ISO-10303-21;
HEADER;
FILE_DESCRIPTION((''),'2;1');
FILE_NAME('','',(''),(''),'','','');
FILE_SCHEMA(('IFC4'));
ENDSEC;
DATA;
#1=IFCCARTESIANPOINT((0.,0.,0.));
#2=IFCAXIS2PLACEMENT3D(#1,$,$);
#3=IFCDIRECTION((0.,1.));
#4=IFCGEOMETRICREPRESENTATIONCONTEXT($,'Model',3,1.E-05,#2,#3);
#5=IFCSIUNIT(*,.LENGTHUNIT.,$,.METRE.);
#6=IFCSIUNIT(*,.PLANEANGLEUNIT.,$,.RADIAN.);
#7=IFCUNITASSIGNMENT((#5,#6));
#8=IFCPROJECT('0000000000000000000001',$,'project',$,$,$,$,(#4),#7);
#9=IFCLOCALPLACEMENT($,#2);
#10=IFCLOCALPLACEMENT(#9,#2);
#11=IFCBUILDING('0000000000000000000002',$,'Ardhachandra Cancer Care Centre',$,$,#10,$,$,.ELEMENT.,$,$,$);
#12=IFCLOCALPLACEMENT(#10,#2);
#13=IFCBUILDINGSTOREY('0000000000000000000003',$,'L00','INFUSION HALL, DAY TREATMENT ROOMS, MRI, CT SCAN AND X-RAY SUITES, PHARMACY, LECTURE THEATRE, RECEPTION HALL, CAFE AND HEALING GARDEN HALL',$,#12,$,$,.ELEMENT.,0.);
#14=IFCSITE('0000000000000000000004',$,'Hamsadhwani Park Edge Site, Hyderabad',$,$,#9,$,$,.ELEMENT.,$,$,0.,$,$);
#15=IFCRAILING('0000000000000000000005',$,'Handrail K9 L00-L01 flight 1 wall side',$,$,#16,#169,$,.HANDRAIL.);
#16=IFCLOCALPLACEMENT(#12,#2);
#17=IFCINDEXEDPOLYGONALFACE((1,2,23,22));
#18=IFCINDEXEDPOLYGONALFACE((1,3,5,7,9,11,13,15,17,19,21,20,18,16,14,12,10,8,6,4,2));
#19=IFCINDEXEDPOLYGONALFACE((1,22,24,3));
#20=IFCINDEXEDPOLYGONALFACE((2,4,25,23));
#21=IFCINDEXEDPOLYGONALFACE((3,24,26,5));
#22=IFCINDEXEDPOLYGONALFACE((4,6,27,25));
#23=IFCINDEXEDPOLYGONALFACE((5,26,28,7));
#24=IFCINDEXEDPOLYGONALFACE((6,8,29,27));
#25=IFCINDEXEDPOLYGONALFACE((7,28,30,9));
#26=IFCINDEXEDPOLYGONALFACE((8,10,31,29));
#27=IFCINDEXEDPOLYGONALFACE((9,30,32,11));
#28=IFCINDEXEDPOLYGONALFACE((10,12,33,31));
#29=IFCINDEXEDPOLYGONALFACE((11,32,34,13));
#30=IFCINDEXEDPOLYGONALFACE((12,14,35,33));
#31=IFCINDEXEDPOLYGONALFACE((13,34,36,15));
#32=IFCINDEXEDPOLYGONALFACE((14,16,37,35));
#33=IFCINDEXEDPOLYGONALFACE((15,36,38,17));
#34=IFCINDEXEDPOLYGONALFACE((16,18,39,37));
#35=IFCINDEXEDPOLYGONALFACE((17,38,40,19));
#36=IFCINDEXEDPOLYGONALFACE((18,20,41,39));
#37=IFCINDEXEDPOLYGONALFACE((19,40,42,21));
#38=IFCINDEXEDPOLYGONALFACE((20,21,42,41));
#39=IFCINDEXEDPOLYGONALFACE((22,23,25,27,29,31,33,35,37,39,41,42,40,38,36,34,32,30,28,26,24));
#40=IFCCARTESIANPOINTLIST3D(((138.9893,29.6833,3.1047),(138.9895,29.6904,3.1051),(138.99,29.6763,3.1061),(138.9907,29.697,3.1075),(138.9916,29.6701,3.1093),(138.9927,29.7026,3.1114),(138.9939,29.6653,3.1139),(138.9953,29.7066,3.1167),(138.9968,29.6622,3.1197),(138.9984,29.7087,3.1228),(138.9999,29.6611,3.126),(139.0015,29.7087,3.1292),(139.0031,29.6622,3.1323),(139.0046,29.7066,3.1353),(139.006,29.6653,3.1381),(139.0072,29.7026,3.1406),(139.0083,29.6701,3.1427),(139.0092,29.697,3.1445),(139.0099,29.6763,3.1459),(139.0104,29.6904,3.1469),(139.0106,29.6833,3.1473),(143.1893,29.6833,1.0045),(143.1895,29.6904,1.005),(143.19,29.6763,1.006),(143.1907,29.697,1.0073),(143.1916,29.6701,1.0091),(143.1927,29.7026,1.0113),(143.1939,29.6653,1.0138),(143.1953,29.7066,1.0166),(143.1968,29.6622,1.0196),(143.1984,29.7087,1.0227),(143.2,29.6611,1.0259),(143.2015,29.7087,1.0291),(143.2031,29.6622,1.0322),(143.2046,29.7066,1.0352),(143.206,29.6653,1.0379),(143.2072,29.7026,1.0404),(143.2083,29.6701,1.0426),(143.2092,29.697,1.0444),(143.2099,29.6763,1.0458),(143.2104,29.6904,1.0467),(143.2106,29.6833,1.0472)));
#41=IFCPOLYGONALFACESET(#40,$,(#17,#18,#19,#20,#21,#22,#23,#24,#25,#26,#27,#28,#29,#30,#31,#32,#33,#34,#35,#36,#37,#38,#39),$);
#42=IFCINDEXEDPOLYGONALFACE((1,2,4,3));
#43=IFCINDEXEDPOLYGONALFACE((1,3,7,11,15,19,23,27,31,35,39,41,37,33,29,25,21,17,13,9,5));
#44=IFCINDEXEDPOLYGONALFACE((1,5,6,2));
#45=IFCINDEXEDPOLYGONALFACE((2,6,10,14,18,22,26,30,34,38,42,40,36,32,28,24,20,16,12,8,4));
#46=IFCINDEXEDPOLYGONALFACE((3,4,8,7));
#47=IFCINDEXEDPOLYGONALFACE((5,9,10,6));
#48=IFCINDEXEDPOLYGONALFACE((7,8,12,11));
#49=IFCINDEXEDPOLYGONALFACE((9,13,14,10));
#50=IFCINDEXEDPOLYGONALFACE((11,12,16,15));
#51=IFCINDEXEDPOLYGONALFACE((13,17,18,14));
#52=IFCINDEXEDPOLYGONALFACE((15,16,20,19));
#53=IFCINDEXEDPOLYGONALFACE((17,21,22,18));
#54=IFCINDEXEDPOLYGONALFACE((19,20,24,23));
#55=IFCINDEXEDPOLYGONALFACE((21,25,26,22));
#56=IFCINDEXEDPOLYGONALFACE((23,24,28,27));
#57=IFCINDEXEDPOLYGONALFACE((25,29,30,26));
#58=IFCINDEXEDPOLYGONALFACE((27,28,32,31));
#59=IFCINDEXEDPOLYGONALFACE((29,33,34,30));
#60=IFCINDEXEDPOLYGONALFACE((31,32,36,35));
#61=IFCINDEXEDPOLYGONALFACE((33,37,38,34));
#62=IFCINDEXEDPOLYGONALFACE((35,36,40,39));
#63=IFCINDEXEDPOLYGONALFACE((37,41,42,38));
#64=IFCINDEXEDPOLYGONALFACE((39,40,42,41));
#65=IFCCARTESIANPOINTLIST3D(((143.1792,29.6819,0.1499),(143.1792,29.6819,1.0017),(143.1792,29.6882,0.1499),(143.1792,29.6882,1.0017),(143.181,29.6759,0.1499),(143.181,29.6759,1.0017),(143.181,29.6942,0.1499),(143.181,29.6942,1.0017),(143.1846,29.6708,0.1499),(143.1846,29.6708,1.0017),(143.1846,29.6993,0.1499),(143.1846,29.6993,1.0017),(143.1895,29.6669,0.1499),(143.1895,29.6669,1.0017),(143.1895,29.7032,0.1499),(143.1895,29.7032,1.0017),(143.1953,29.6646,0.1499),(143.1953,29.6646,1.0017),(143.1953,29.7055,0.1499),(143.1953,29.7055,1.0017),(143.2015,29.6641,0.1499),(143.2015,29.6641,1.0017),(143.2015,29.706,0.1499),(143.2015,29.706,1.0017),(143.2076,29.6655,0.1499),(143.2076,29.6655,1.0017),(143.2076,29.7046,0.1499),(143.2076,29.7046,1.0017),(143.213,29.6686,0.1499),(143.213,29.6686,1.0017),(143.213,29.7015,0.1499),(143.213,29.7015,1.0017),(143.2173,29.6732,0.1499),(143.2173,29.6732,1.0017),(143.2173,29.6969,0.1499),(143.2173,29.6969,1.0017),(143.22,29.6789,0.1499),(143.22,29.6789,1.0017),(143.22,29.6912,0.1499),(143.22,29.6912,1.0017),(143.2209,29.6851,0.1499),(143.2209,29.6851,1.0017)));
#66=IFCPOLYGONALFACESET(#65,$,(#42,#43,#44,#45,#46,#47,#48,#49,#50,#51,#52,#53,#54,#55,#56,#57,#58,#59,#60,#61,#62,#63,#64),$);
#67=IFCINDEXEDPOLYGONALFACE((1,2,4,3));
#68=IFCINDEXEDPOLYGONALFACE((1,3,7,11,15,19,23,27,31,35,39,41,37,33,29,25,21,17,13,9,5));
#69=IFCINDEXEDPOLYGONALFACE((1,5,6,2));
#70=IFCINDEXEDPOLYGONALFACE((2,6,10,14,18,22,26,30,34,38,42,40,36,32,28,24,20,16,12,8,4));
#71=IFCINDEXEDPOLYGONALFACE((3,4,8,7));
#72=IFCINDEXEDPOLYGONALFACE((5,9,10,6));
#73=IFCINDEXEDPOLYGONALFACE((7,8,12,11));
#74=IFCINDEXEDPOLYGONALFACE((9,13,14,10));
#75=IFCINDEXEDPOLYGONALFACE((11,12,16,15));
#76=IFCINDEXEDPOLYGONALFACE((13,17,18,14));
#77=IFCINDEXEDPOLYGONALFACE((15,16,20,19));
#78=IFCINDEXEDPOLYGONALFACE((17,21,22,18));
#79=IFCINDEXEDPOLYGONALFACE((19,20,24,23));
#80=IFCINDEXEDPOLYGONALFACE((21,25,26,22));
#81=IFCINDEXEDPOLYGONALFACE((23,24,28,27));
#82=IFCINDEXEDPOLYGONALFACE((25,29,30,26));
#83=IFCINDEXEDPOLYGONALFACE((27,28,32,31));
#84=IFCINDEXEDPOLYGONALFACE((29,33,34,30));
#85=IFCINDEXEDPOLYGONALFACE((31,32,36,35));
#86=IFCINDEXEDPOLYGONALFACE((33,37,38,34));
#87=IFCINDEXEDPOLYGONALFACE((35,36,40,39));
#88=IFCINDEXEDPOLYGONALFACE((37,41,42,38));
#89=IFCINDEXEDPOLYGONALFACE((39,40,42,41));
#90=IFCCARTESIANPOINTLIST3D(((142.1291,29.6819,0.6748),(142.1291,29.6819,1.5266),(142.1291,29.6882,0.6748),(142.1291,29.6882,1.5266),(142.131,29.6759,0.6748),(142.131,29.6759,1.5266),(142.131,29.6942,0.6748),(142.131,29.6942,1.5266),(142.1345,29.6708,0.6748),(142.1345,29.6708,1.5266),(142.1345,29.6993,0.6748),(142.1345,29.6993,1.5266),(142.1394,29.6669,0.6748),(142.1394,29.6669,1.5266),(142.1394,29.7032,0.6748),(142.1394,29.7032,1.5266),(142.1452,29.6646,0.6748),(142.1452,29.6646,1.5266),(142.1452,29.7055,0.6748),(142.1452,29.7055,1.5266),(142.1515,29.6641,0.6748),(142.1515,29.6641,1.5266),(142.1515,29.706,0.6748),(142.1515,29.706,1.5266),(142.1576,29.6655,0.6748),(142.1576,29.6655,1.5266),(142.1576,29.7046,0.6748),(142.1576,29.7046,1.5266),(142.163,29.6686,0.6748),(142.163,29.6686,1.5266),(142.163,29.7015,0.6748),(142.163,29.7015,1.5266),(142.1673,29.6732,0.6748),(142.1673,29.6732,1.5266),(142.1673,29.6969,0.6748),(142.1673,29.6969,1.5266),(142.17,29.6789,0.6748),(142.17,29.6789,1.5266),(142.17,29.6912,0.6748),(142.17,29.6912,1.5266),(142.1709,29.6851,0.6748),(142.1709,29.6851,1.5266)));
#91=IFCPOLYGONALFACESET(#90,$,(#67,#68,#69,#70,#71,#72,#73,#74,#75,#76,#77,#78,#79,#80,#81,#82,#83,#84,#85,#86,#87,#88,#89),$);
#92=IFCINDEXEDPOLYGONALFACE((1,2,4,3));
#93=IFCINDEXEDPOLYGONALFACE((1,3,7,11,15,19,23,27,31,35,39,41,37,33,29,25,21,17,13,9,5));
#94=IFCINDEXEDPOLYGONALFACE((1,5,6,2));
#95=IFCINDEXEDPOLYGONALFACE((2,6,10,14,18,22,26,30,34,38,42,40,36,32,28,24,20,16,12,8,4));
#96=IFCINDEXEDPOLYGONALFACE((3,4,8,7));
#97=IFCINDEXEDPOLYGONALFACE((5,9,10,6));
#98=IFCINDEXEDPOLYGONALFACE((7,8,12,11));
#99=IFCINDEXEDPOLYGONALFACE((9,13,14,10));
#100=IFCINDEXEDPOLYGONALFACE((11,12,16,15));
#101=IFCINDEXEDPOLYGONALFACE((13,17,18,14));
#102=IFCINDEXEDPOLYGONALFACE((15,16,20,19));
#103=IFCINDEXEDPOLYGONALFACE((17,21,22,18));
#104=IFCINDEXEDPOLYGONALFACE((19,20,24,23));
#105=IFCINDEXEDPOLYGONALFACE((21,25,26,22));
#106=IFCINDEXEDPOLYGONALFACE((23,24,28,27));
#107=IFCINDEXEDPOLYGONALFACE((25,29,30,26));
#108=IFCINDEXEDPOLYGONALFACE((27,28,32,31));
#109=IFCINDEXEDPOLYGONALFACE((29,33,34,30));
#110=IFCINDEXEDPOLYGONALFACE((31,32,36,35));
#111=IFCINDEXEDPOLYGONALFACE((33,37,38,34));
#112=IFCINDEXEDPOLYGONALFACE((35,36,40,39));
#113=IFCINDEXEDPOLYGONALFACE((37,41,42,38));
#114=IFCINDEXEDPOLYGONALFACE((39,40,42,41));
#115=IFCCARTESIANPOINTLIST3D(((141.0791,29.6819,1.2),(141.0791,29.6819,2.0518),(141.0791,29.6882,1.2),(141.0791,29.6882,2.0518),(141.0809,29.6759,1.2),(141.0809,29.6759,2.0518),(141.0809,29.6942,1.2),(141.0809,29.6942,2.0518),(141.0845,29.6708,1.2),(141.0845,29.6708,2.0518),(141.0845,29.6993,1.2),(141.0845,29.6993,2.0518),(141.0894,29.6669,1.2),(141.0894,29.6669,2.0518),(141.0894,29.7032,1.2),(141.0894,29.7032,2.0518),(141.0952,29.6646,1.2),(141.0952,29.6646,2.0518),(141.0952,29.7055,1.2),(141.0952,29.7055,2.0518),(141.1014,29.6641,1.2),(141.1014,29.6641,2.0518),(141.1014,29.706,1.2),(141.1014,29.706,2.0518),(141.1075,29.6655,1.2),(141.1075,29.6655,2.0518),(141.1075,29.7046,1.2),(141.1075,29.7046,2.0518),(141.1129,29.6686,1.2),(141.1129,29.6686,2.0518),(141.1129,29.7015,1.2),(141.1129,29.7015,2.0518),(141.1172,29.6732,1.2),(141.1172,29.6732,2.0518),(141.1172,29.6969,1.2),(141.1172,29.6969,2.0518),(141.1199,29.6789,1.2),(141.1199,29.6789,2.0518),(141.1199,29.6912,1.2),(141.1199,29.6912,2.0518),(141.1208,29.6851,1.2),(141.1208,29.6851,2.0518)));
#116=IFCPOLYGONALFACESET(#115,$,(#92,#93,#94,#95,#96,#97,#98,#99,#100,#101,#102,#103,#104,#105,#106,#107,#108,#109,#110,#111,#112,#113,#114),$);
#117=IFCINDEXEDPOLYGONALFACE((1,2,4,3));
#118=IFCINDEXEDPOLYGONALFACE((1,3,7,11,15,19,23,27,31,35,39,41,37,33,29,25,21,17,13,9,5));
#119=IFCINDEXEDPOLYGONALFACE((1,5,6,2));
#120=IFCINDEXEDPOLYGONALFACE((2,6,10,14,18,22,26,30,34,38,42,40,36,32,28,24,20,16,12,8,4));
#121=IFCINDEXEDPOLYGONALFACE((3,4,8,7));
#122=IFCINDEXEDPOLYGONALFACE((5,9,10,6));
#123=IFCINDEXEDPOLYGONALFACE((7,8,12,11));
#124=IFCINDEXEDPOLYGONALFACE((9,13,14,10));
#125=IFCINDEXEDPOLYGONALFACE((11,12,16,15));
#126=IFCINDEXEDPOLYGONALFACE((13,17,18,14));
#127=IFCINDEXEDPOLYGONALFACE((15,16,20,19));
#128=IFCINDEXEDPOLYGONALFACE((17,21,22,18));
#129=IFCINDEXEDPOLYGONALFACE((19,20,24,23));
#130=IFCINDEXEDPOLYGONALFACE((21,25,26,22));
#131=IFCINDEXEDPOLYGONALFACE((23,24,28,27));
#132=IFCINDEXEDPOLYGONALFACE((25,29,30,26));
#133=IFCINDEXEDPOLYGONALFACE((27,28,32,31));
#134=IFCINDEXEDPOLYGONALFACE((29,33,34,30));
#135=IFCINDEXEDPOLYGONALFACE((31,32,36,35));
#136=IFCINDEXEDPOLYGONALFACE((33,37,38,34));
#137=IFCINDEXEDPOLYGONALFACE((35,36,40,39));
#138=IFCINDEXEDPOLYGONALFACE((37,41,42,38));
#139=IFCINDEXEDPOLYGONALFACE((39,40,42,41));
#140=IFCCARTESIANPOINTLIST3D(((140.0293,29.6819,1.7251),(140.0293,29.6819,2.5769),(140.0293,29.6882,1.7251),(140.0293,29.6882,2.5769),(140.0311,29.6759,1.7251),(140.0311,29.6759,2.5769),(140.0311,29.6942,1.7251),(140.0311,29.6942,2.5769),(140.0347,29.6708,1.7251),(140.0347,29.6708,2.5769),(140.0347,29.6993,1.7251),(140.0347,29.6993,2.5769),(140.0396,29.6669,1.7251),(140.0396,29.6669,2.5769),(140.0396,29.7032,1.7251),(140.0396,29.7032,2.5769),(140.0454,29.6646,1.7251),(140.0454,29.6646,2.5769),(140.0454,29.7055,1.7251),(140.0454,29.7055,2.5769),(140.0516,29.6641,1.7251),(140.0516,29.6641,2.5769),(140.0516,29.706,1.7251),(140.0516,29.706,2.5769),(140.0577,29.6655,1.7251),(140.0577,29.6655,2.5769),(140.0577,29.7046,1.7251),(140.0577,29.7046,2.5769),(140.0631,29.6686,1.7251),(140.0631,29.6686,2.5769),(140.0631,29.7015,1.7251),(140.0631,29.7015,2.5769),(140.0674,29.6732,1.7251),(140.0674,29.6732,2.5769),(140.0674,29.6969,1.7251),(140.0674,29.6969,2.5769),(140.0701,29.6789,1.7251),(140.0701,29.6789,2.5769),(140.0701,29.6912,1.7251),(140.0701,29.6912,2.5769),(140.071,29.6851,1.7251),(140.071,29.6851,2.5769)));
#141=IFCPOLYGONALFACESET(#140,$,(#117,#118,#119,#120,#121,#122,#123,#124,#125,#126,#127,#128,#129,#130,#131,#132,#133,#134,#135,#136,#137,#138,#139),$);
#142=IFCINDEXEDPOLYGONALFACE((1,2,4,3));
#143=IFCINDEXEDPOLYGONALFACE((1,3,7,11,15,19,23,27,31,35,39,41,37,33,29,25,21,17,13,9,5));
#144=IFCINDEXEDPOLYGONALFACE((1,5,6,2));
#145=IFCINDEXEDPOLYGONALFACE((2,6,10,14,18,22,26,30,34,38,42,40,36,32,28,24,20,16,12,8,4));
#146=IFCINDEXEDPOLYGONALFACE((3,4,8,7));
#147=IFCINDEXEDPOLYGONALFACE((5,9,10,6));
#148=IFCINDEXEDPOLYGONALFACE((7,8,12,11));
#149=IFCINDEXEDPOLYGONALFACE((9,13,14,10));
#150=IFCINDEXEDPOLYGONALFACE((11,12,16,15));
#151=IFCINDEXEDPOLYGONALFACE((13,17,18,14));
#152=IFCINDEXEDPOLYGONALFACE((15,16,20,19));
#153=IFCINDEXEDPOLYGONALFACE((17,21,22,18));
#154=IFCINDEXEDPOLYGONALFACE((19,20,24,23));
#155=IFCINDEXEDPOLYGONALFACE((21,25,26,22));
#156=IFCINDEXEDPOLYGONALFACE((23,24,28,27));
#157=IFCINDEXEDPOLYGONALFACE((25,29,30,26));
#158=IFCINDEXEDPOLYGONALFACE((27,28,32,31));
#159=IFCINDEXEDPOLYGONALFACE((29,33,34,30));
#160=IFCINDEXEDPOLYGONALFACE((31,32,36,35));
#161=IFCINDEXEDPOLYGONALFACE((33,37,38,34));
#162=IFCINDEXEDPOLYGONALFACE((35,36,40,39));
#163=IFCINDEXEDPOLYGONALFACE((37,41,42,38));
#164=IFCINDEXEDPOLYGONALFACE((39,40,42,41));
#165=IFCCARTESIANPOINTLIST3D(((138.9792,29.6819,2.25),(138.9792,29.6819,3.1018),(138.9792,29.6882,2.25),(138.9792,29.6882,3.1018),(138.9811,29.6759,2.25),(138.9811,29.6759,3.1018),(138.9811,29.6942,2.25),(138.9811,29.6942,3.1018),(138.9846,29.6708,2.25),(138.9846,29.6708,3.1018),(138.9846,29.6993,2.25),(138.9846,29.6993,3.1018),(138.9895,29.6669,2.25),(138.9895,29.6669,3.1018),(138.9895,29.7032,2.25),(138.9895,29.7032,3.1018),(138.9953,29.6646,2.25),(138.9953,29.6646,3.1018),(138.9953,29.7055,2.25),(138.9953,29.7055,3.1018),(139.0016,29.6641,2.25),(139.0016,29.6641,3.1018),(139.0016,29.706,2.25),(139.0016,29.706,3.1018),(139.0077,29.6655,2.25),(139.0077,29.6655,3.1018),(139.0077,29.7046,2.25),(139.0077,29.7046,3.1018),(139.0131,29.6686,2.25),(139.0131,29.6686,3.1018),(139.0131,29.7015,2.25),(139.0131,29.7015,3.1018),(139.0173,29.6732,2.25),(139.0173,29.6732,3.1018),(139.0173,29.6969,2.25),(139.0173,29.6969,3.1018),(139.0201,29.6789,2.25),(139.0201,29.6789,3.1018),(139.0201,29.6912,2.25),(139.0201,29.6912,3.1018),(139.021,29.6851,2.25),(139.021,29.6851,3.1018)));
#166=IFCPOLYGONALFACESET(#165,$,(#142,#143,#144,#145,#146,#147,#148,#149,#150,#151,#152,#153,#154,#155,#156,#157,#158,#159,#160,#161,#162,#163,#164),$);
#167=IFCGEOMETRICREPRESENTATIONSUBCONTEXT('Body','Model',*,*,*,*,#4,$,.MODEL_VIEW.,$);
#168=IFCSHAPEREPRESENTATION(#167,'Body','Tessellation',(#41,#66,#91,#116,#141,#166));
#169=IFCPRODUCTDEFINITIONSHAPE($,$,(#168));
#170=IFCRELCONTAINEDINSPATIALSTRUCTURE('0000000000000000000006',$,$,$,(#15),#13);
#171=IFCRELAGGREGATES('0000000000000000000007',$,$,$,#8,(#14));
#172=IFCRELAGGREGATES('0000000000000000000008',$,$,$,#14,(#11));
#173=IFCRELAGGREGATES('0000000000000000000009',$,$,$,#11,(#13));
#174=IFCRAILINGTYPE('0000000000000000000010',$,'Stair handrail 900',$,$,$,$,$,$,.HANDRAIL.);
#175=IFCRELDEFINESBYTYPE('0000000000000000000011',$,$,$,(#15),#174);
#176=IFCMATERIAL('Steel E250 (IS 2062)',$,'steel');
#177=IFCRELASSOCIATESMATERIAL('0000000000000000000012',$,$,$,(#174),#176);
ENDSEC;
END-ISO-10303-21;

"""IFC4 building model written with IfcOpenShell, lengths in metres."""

from ifc_helpers import new_model, si_unit, direction, frame, origin, origin_2d, place, context, subcontext, project, spatial, circle, extrude, material, type_object, element, save


model = new_model("IFC4")

# Units and contexts
model_context = context("Model", 3, precision=1e-05, world=origin(), true_north=direction((0.0, 1.0)))
body_context = subcontext(model_context, "Body", "Model", "MODEL_VIEW")
ifc_project = project(units=[si_unit("LENGTHUNIT", "METRE"), si_unit("PLANEANGLEUNIT", "RADIAN")], contexts=[model_context])

# Site, building, storey
site_placement = place(None, origin())
site = spatial("IfcSite", under=ifc_project, at=site_placement, Name="Hamsadhwani Park Edge Site, Hyderabad", CompositionType="ELEMENT", RefElevation=0.0)
building_placement = place(site_placement, origin())
building = spatial("IfcBuilding", under=site, at=building_placement, Name="Ardhachandra Cancer Care Centre", CompositionType="ELEMENT")
storey_placement = place(building_placement, origin())
storey = spatial("IfcBuildingStorey", under=building, at=storey_placement, Name="L00", Description="INFUSION HALL, DAY TREATMENT ROOMS, MRI, CT SCAN AND X-RAY SUITES, PHARMACY, LECTURE THEATRE, RECEPTION HALL, CAFE AND HEALING GARDEN HALL", CompositionType="ELEMENT", Elevation=0.0)

# Railing
ifc_material_1 = material(Name="Steel E250 (IS 2062)", Category="steel")
railing_type_1 = type_object("IfcRailingType", Name="Stair handrail 900", PredefinedType="HANDRAIL", material=ifc_material_1)
for number, where, name in (
    (1, (143.2, 29.6851, 0.1499), "Handrail K9 L00-L01 flight 1 wall side"),
):
    element("IfcRailing", number, at=place(storey_placement, frame(where)), inside=storey, type_object=railing_type_1, Name=name, PredefinedType="HANDRAIL", context=body_context, shape_type="SweptSolid", body=[
        extrude(circle(Radius=0.0239, at=origin_2d()), frame((0.0, 0.0, 0.876), z_axis=(-0.894417, 0.0, 0.447234), x_axis=(0.0, -1.0, 0.0)), (0.0, 0.0, 1.0), 4.6958),
        extrude(circle(Radius=0.021, at=origin_2d()), origin(), (0.0, 0.0, 1.0), 0.8518),
        extrude(circle(Radius=0.021, at=origin_2d()), frame((-1.05, 0.0, 0.5249)), (0.0, 0.0, 1.0), 0.8518),
        extrude(circle(Radius=0.021, at=origin_2d()), frame((-2.1001, 0.0, 1.05)), (0.0, 0.0, 1.0), 0.8518),
        extrude(circle(Radius=0.021, at=origin_2d()), frame((-3.1499, 0.0, 1.5752)), (0.0, 0.0, 1.0), 0.8518),
        extrude(circle(Radius=0.021, at=origin_2d()), frame((-4.2, 0.0, 2.1001)), (0.0, 0.0, 1.0), 0.8518),
    ])

save(model, "model.ifc")
